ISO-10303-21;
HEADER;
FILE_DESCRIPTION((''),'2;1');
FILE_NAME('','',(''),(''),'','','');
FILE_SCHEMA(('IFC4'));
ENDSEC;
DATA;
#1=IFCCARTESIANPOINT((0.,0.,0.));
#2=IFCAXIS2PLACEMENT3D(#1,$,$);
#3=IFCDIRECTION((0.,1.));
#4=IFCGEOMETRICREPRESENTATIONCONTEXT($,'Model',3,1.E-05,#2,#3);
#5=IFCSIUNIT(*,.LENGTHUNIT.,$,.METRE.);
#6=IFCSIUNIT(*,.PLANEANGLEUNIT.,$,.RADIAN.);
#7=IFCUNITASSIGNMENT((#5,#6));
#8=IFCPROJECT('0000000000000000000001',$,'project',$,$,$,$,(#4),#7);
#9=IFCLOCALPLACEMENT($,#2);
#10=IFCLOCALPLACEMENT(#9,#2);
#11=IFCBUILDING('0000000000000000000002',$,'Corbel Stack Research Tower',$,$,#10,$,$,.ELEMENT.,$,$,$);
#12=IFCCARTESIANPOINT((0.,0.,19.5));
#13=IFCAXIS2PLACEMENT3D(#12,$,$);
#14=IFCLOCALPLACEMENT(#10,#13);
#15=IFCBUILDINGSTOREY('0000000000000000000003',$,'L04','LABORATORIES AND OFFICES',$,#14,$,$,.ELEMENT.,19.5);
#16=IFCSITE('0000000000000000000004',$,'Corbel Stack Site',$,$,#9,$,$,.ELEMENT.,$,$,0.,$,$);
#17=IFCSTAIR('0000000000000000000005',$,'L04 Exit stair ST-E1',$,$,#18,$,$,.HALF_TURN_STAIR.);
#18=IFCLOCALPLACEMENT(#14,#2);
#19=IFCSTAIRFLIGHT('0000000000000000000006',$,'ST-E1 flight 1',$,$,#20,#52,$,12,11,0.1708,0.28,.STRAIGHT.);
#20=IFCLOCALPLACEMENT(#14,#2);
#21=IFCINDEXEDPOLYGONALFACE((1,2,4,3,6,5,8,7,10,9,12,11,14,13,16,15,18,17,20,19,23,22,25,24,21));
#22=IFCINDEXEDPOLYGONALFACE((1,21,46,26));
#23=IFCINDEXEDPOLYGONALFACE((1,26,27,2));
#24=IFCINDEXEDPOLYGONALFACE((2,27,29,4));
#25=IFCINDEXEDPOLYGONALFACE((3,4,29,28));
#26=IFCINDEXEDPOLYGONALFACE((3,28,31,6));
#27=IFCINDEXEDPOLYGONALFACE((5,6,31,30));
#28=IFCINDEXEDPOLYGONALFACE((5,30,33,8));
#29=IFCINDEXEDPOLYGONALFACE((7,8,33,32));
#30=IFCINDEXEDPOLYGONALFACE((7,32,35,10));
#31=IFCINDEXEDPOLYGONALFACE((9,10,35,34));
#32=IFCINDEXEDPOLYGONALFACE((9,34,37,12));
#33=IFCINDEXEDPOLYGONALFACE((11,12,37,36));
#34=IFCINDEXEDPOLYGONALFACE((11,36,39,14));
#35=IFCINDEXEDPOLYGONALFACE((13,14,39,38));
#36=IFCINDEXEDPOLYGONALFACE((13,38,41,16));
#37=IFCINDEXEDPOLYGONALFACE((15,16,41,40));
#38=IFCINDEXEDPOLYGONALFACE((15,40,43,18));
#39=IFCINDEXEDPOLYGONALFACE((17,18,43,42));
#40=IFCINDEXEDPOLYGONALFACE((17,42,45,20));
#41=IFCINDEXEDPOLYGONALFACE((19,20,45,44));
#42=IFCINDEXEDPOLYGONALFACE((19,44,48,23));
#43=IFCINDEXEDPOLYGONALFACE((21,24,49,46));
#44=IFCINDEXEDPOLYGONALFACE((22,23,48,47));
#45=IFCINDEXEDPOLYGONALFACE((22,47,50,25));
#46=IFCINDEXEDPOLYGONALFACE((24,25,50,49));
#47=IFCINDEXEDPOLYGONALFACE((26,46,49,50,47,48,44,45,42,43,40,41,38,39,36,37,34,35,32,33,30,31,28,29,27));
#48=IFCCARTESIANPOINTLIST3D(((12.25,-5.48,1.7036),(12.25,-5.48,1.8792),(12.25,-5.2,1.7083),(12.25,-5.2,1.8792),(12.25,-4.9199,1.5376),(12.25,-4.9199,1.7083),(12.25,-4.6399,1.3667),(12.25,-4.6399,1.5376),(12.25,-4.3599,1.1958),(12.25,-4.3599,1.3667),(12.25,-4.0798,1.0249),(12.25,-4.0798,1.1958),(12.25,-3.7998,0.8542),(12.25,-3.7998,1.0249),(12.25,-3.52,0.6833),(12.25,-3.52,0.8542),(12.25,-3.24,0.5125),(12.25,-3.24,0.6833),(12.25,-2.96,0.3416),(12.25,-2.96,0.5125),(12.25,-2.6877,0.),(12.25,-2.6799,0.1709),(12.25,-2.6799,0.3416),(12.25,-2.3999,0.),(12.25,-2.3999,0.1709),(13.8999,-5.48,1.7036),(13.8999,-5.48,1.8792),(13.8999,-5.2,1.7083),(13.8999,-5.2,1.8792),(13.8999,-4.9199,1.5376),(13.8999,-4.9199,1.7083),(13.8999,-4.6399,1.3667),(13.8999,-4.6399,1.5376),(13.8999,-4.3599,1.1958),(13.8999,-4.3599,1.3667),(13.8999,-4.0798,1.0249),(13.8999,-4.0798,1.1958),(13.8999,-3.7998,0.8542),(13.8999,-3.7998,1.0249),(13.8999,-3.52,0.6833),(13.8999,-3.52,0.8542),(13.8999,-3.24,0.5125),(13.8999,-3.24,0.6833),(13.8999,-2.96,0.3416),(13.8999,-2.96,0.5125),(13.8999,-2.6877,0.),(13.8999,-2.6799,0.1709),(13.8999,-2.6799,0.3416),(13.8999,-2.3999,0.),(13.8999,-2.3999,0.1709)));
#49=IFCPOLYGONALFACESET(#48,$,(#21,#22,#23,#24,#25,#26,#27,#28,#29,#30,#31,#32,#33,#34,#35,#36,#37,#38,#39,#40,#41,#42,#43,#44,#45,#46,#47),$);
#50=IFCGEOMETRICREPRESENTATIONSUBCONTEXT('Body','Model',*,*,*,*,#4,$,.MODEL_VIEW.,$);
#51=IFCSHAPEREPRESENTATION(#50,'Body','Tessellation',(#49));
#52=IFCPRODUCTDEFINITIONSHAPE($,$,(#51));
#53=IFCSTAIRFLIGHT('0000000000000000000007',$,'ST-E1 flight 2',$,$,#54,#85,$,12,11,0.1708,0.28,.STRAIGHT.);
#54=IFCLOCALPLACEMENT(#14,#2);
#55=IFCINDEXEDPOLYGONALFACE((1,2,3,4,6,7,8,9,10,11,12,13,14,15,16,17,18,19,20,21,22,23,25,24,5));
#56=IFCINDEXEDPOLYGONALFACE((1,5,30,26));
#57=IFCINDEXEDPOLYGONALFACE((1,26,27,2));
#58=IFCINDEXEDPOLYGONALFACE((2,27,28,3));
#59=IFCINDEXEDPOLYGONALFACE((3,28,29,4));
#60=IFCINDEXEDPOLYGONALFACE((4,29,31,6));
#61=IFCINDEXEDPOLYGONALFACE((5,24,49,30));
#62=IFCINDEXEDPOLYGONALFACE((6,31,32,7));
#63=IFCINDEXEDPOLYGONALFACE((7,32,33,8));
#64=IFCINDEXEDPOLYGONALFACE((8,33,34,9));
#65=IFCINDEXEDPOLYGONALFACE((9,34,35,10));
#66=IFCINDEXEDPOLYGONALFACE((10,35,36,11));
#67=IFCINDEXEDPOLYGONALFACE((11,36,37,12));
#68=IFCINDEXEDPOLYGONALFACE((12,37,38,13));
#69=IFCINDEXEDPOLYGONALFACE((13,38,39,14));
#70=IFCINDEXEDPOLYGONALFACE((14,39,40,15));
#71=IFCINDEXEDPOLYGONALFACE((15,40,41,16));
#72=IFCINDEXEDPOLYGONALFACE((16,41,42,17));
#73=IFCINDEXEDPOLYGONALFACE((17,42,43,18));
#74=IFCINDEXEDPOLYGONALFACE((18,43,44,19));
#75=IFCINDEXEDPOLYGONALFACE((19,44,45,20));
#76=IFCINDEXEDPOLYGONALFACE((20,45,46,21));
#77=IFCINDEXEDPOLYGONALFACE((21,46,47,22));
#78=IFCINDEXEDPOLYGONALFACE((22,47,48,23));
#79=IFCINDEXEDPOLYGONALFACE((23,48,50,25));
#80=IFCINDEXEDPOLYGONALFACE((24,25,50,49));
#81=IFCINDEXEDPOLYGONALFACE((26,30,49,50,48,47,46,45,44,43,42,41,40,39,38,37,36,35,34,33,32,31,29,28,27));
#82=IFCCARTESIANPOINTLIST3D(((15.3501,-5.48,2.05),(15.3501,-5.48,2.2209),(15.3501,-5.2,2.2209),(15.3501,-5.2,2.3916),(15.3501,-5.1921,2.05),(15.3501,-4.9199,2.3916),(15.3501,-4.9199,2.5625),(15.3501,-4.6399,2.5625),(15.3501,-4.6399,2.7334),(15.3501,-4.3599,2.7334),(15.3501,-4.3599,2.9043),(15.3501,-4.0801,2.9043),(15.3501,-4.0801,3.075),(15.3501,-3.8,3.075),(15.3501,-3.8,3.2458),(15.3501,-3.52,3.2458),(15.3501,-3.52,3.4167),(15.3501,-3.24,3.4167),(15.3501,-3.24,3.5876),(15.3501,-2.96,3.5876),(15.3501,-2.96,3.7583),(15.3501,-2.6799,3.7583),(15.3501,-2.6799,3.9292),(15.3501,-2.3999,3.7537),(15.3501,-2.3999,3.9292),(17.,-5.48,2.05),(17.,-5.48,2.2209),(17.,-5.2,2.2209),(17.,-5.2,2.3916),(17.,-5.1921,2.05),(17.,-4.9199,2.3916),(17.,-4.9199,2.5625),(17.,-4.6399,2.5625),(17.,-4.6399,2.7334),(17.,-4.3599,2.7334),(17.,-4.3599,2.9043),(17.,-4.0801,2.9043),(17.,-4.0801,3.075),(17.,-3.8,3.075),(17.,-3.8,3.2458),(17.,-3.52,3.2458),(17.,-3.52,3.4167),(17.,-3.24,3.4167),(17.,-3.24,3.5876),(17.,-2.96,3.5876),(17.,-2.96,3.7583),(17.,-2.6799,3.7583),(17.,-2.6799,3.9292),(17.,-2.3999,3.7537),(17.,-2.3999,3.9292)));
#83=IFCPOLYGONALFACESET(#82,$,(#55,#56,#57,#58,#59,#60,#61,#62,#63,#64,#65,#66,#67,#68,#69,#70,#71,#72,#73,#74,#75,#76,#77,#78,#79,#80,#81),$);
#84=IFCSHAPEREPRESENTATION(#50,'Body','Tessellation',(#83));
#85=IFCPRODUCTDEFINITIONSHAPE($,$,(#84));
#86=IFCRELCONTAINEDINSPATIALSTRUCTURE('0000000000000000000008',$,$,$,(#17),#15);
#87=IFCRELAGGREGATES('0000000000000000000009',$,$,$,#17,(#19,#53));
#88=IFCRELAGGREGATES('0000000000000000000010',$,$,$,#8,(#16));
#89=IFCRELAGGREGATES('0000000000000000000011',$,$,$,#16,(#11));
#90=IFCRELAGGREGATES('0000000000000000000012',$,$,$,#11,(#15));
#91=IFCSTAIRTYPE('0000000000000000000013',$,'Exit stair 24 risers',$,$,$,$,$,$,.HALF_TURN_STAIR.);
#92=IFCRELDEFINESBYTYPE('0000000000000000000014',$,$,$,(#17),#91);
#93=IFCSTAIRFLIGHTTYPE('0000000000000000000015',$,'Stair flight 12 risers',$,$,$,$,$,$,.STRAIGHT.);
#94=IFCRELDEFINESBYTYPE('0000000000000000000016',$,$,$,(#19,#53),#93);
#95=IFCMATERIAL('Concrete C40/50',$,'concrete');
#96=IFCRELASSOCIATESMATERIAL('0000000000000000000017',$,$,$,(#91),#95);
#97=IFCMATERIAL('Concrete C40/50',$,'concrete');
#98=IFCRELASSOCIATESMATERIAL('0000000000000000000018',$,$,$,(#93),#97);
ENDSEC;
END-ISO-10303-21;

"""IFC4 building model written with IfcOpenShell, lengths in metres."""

from ifc_helpers import new_model, si_unit, direction, frame, origin, place, context, subcontext, project, spatial, polyline, outline, extrude, material, type_object, element, aggregate, save


model = new_model("IFC4")

# Units and contexts
model_context = context("Model", 3, precision=1e-05, world=origin(), true_north=direction((0.0, 1.0)))
body_context = subcontext(model_context, "Body", "Model", "MODEL_VIEW")
ifc_project = project(units=[si_unit("LENGTHUNIT", "METRE"), si_unit("PLANEANGLEUNIT", "RADIAN")], contexts=[model_context])

# Site, building, storey
site_placement = place(None, origin())
site = spatial("IfcSite", under=ifc_project, at=site_placement, Name="Corbel Stack Site", CompositionType="ELEMENT", RefElevation=0.0)
building_placement = place(site_placement, origin())
building = spatial("IfcBuilding", under=site, at=building_placement, Name="Corbel Stack Research Tower", CompositionType="ELEMENT")
storey_placement = place(building_placement, frame((0.0, 0.0, 19.5)))
storey = spatial("IfcBuildingStorey", under=building, at=storey_placement, Name="L04", Description="LABORATORIES AND OFFICES", CompositionType="ELEMENT", Elevation=19.5)

# Stair, stair flights
ifc_material_1 = material(Name="Concrete C40/50", Category="concrete")
stair_type = type_object("IfcStairType", Name="Exit stair 24 risers", PredefinedType="HALF_TURN_STAIR", material=ifc_material_1)
stair_placement = place(storey_placement, origin())
stair = element("IfcStair", 1, at=stair_placement, inside=storey, type_object=stair_type, Name="L04 Exit stair ST-E1", PredefinedType="HALF_TURN_STAIR")
ifc_material_2 = material(Name="Concrete C40/50", Category="concrete")
stair_flight_type = type_object("IfcStairFlightType", Name="Stair flight 12 risers", PredefinedType="STRAIGHT", material=ifc_material_2)
stair_flight_1_placement = place(storey_placement, frame((13.075, -2.3999, 0.0), z_axis=(0.0, 0.0, 1.0), x_axis=(0.0, -1.0, 0.0)))
stair_flight_1 = element("IfcStairFlight", 2, at=stair_flight_1_placement, type_object=stair_flight_type, Name="ST-E1 flight 1", NumberOfRisers=12, NumberOfTreads=11, PredefinedType="STRAIGHT", RiserHeight=0.1708, TreadLength=0.28, context=body_context, shape_type="SweptSolid", body=[
    extrude(outline(polyline([(0.0, 0.0), (0.0, 0.1709), (0.28, 0.1709), (0.28, 0.3416), (0.5601, 0.3416), (0.5601, 0.5125), (0.8401, 0.5125), (0.8401, 0.6833), (1.1201, 0.6833), (1.1201, 0.8542), (1.3999, 0.8542), (1.3999, 1.0249), (1.6799, 1.0249), (1.6799, 1.1958), (1.96, 1.1958), (1.96, 1.3667), (2.24, 1.3667), (2.24, 1.5376), (2.52, 1.5376), (2.52, 1.7083), (2.8, 1.7083), (2.8, 1.8792), (3.0801, 1.8792), (3.0801, 2.05), (3.0801, 1.7036), (0.2878, 0.0), (0.0, 0.0)])), frame((0.0, 0.825, 0.0), z_axis=(0.0, -1.0, 0.0), x_axis=(1.0, 0.0, 0.0)), (0.0, 0.0, 1.0), 1.6499),
])
stair_flight_2_placement = place(storey_placement, frame((16.175, -5.48, 2.05), z_axis=(0.0, 0.0, 1.0), x_axis=(0.0, 1.0, 0.0)))
stair_flight_2 = element("IfcStairFlight", 3, at=stair_flight_2_placement, type_object=stair_flight_type, Name="ST-E1 flight 2", NumberOfRisers=12, NumberOfTreads=11, PredefinedType="STRAIGHT", RiserHeight=0.1708, TreadLength=0.28, context=body_context, shape_type="SweptSolid", body=[
    extrude(outline(polyline([(0.0, 0.0), (0.0, 0.1709), (0.28, 0.1709), (0.28, 0.3416), (0.5601, 0.3416), (0.5601, 0.5125), (0.8401, 0.5125), (0.8401, 0.6833), (1.1201, 0.6833), (1.1201, 0.8542), (1.3999, 0.8542), (1.3999, 1.0249), (1.6799, 1.0249), (1.6799, 1.1958), (1.96, 1.1958), (1.96, 1.3667), (2.24, 1.3667), (2.24, 1.5376), (2.52, 1.5376), (2.52, 1.7083), (2.8, 1.7083), (2.8, 1.8792), (3.0801, 1.8792), (3.0801, 2.05), (3.0801, 1.7036), (0.2878, 0.0), (0.0, 0.0)])), frame((0.0, 0.825, 0.0), z_axis=(0.0, -1.0, 0.0), x_axis=(1.0, 0.0, 0.0)), (0.0, 0.0, 1.0), 1.6499),
])
aggregate(stair, [stair_flight_1, stair_flight_2])

save(model, "model.ifc")
